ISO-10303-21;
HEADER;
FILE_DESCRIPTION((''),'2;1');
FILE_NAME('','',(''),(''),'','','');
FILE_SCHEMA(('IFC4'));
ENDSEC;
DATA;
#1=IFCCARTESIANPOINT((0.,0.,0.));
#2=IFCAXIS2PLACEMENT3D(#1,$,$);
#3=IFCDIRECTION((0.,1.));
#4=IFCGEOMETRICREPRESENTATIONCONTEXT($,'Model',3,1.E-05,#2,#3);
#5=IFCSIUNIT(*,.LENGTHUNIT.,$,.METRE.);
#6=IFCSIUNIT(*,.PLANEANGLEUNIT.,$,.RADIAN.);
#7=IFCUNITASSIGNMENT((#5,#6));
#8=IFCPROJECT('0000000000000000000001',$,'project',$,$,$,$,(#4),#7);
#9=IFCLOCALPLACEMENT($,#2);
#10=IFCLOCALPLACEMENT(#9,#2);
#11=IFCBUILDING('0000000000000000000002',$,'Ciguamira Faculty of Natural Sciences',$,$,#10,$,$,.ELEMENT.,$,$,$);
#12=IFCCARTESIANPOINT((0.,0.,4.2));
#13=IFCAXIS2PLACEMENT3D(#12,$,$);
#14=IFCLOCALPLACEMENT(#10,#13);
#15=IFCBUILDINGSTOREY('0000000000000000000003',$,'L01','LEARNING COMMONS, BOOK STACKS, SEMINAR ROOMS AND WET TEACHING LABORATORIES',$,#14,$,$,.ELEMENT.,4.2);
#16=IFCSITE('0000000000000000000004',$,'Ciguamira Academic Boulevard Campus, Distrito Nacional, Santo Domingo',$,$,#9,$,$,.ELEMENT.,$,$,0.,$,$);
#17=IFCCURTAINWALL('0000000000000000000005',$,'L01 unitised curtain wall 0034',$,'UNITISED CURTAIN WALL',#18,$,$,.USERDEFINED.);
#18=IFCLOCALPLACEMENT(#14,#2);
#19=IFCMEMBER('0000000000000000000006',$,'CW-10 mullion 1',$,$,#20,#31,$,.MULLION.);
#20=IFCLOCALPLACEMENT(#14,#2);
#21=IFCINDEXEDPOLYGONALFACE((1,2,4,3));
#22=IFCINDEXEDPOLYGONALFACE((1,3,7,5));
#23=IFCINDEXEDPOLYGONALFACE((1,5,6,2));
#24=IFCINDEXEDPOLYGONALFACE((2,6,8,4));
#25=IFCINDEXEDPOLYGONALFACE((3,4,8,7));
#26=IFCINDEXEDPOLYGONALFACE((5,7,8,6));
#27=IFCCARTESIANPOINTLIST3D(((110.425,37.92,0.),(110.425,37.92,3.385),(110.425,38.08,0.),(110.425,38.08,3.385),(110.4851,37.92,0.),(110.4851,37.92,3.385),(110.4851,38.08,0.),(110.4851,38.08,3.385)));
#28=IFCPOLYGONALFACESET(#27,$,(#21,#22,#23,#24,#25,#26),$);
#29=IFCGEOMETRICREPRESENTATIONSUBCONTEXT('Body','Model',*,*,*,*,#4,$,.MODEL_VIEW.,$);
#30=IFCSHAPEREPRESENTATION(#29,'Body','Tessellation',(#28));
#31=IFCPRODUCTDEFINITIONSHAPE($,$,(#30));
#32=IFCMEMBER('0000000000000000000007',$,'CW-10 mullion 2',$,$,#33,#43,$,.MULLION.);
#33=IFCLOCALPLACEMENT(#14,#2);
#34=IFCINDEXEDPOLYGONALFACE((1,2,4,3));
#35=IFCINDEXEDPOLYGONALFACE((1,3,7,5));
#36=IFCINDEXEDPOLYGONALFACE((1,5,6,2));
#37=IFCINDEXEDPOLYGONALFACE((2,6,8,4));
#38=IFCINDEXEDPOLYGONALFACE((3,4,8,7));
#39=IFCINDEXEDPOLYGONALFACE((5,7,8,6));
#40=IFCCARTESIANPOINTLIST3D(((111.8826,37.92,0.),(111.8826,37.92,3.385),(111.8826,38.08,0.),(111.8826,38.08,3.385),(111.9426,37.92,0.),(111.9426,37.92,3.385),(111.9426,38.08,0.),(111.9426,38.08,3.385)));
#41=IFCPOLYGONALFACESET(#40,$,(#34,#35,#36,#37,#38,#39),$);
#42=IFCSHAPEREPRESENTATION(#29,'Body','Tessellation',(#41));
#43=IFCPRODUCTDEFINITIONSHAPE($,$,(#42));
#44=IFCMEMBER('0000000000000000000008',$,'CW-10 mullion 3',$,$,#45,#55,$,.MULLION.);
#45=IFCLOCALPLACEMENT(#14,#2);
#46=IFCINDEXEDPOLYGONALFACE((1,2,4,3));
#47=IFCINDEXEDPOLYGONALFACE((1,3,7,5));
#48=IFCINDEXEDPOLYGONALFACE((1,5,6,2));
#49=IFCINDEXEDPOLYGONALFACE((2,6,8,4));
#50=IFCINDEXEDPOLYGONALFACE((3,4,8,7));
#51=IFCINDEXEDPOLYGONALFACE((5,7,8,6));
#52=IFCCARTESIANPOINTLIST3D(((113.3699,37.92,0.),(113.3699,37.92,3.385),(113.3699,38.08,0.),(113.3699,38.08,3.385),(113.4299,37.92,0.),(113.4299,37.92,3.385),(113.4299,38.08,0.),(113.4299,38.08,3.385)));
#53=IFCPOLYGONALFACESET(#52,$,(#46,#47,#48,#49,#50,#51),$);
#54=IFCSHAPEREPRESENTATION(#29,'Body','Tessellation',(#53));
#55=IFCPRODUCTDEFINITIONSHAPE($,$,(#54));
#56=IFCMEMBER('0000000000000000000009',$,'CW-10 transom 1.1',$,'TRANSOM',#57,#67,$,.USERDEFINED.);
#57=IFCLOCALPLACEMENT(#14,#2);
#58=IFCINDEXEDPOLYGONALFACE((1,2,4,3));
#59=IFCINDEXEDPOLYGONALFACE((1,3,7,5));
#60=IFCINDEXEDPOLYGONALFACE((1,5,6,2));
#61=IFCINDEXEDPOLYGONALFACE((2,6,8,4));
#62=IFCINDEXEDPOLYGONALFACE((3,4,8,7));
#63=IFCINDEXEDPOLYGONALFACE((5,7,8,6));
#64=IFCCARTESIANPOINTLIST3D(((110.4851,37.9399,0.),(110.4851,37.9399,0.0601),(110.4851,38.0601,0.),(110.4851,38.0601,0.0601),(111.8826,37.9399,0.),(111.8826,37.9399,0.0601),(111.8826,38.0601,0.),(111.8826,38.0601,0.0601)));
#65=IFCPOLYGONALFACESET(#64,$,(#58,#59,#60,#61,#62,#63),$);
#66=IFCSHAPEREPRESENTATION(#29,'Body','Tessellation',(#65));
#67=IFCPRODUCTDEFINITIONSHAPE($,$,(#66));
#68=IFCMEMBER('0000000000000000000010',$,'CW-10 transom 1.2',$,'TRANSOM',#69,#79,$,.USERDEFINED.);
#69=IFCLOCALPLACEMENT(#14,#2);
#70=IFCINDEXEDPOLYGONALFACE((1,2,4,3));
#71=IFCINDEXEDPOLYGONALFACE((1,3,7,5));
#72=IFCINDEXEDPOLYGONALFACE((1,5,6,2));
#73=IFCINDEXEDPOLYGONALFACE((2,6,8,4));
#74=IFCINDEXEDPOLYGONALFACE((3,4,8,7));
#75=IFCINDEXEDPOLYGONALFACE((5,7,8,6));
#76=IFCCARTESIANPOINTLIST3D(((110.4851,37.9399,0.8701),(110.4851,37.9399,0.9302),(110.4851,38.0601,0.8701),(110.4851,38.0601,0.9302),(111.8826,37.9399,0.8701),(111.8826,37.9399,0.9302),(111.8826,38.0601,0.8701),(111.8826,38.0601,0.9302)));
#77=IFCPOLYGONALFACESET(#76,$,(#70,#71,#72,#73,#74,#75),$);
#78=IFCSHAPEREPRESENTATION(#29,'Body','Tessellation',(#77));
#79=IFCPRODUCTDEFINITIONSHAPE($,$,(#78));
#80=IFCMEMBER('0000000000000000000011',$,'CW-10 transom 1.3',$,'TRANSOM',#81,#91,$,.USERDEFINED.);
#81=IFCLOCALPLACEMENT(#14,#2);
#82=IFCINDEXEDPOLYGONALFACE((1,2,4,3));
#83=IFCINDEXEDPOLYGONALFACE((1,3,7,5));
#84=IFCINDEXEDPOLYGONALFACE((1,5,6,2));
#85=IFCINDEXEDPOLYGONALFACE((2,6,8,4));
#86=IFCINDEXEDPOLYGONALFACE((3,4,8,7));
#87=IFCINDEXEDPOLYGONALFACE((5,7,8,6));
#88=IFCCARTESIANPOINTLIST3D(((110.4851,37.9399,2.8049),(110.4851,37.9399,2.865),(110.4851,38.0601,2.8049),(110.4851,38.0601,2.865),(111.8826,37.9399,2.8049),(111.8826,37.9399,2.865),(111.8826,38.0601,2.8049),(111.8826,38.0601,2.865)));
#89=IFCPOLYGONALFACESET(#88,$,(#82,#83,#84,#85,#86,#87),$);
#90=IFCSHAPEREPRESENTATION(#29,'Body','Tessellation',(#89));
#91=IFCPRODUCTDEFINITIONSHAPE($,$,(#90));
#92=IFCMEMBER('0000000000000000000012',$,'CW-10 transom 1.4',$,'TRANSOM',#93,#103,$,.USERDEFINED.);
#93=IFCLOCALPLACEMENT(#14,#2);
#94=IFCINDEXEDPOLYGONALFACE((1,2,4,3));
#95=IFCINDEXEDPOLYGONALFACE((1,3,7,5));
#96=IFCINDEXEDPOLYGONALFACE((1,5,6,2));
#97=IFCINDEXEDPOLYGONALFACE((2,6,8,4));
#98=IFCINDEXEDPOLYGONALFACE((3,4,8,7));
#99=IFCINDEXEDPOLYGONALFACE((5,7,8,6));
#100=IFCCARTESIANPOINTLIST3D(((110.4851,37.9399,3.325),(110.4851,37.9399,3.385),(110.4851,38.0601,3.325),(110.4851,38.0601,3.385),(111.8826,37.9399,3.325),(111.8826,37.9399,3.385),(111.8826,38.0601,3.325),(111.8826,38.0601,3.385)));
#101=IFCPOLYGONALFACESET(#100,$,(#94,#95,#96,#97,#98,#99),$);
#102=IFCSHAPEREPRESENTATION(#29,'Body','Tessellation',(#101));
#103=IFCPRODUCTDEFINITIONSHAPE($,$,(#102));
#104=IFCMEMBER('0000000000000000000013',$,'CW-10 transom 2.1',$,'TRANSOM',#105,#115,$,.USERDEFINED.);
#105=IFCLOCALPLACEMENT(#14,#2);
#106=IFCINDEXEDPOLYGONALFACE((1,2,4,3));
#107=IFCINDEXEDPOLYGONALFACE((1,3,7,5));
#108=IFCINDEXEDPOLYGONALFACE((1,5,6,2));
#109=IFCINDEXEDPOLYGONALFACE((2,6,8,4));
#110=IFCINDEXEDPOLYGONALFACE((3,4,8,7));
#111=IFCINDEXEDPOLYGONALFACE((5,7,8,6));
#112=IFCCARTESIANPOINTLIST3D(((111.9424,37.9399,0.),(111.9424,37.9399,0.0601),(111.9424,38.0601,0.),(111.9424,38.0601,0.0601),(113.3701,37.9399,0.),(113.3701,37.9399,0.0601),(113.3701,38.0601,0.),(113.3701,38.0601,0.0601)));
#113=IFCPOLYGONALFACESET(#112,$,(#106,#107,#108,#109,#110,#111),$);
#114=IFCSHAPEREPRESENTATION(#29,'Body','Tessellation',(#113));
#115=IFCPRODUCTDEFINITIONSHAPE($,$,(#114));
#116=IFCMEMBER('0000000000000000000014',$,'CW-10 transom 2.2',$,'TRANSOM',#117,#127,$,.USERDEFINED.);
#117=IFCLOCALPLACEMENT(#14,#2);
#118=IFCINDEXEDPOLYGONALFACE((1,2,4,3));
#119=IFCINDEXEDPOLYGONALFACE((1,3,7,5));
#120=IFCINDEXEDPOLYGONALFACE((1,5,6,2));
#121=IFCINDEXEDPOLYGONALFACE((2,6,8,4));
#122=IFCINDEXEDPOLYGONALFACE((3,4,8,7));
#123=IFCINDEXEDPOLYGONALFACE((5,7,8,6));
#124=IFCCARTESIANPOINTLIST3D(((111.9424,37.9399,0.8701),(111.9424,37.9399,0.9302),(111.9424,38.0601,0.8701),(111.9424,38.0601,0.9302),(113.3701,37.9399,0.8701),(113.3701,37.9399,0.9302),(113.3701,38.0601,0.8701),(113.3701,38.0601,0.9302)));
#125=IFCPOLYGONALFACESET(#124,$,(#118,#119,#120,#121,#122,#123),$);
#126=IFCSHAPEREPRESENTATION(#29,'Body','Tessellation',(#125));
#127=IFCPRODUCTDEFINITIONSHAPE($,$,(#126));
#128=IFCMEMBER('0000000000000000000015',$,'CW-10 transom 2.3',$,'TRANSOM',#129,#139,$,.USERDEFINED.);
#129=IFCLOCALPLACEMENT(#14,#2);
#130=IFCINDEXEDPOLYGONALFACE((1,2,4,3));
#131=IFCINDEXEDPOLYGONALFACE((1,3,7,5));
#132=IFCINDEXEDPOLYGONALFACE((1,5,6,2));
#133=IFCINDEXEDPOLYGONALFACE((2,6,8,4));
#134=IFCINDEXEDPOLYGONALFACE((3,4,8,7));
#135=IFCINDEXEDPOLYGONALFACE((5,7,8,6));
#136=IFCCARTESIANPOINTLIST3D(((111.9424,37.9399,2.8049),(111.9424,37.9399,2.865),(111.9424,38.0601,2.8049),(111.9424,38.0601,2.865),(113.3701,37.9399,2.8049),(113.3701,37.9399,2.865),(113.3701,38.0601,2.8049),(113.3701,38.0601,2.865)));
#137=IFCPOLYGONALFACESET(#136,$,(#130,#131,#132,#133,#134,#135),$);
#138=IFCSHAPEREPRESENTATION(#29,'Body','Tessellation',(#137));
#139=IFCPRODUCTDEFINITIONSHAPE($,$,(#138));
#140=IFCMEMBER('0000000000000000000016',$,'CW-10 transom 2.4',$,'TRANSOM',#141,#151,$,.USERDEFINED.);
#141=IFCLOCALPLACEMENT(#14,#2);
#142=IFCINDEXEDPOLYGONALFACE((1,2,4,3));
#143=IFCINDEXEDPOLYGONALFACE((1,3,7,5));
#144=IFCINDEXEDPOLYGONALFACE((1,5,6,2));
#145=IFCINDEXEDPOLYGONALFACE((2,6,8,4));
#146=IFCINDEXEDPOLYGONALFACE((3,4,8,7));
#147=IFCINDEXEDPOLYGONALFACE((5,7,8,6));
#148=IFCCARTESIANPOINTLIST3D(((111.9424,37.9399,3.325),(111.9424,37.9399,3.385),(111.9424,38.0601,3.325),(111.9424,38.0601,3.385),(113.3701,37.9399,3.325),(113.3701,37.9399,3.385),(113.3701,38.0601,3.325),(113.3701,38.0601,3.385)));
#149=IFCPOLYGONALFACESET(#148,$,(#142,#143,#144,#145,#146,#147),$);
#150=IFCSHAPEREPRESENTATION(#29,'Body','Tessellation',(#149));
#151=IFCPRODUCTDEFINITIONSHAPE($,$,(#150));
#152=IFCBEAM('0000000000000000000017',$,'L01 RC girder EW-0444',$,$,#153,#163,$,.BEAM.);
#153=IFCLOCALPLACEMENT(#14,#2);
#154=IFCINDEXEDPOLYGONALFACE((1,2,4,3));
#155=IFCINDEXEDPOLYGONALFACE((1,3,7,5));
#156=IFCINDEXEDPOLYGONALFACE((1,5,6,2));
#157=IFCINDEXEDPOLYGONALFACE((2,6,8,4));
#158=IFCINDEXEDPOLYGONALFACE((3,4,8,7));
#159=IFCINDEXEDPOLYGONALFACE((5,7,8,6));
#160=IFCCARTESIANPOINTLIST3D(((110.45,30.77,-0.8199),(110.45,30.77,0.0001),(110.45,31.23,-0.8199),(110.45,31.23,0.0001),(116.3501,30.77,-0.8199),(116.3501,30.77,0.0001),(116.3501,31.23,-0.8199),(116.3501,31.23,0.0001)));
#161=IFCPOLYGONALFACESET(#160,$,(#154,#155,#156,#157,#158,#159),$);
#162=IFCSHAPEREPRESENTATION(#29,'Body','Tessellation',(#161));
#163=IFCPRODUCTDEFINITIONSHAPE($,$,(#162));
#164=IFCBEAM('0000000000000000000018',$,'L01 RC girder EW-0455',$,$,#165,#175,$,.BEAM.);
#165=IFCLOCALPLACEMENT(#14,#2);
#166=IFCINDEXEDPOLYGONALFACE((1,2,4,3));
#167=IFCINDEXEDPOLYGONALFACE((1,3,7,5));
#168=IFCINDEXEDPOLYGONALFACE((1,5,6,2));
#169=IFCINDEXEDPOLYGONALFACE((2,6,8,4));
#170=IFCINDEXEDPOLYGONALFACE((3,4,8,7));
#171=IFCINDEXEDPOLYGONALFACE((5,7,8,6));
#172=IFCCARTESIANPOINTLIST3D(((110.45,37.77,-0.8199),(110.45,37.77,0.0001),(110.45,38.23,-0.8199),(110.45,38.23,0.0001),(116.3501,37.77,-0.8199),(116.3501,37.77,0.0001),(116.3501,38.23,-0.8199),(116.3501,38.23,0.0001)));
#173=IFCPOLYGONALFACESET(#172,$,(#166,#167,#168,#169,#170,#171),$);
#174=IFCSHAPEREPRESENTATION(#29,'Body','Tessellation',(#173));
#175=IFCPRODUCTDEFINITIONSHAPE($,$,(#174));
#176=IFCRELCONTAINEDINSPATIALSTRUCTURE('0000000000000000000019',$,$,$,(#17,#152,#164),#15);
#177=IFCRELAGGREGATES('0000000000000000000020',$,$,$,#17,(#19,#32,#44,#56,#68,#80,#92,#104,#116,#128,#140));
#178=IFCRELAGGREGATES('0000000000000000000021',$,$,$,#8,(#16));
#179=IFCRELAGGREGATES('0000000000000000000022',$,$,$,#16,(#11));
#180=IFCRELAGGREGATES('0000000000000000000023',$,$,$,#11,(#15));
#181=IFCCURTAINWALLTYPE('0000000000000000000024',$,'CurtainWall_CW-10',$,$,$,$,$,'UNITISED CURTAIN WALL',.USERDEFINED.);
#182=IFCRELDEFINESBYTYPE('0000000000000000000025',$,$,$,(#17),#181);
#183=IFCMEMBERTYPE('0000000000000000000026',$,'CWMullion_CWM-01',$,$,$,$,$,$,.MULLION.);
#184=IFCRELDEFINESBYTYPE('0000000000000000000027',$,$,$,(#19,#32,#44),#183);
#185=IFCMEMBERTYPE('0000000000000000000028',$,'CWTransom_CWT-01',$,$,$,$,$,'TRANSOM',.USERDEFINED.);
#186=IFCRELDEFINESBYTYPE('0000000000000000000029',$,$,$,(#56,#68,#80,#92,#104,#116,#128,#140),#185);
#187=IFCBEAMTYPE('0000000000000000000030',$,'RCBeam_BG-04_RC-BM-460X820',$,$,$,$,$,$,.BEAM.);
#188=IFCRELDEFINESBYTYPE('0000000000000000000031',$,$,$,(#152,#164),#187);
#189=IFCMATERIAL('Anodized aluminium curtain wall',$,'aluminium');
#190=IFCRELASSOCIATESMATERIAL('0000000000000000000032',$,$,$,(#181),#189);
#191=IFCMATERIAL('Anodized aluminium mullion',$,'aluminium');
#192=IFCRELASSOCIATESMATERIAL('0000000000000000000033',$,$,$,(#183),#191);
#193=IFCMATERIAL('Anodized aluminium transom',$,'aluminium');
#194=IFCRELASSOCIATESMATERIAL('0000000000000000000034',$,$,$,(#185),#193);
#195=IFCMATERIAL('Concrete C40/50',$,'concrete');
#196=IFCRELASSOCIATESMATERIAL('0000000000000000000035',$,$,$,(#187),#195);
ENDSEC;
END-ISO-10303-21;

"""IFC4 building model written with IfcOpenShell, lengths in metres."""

from ifc_helpers import new_model, si_unit, direction, frame, origin, origin_2d, place, context, subcontext, project, spatial, rectangle, extrude, material, material_profile, profile_set, type_object, element, aggregate, save


model = new_model("IFC4")

# Units and contexts
model_context = context("Model", 3, precision=1e-05, world=origin(), true_north=direction((0.0, 1.0)))
body_context = subcontext(model_context, "Body", "Model", "MODEL_VIEW")
ifc_project = project(units=[si_unit("LENGTHUNIT", "METRE"), si_unit("PLANEANGLEUNIT", "RADIAN")], contexts=[model_context])

# Site, building, storey
site_placement = place(None, origin())
site = spatial("IfcSite", under=ifc_project, at=site_placement, Name="Ciguamira Academic Boulevard Campus, Distrito Nacional, Santo Domingo", CompositionType="ELEMENT", RefElevation=0.0)
building_placement = place(site_placement, origin())
building = spatial("IfcBuilding", under=site, at=building_placement, Name="Ciguamira Faculty of Natural Sciences", CompositionType="ELEMENT")
storey_placement = place(building_placement, frame((0.0, 0.0, 4.2)))
storey = spatial("IfcBuildingStorey", under=building, at=storey_placement, Name="L01", Description="LEARNING COMMONS, BOOK STACKS, SEMINAR ROOMS AND WET TEACHING LABORATORIES", CompositionType="ELEMENT", Elevation=4.2)

# Curtain wall, members
ifc_material_1 = material(Name="Anodized aluminium curtain wall", Category="aluminium")
curtain_wall_type = type_object("IfcCurtainWallType", Name="CurtainWall_CW-10", ElementType="UNITISED CURTAIN WALL", PredefinedType="USERDEFINED", material=ifc_material_1)
curtain_wall_placement = place(storey_placement, origin())
curtain_wall = element("IfcCurtainWall", 1, at=curtain_wall_placement, inside=storey, type_object=curtain_wall_type, Name="L01 unitised curtain wall 0034", ObjectType="UNITISED CURTAIN WALL", PredefinedType="USERDEFINED")
ifc_material_2 = material(Name="Anodized aluminium mullion", Category="aluminium")
ifc_material_profile_1 = material_profile(ifc_material_2, rectangle(XDim=0.0601, YDim=0.1599, at=origin_2d()), Name="ALU-MUL-60X160")
ifc_profile_set_1 = profile_set([ifc_material_profile_1], Name="Anodized aluminium mullion")
member_type_1 = type_object("IfcMemberType", Name="CWMullion_CWM-01", PredefinedType="MULLION", material=ifc_profile_set_1)
member_1_placement = place(storey_placement, frame((110.4551, 38.0, 0.0), z_axis=(0.0, 0.0, 1.0), x_axis=(1.0, 0.0, 0.0)))
member_1 = element("IfcMember", 2, at=member_1_placement, type_object=member_type_1, Name="CW-10 mullion 1", PredefinedType="MULLION", context=body_context, shape_type="SweptSolid", body=[
    extrude(rectangle(XDim=0.0601, YDim=0.1599, at=origin_2d()), origin(), (0.0, 0.0, 1.0), 3.385),
])
member_2_placement = place(storey_placement, frame((111.9126, 38.0, 0.0), z_axis=(0.0, 0.0, 1.0), x_axis=(1.0, 0.0, 0.0)))
member_2 = element("IfcMember", 3, at=member_2_placement, type_object=member_type_1, Name="CW-10 mullion 2", PredefinedType="MULLION", context=body_context, shape_type="SweptSolid", body=[
    extrude(rectangle(XDim=0.0601, YDim=0.1599, at=origin_2d()), origin(), (0.0, 0.0, 1.0), 3.385),
])
member_3_placement = place(storey_placement, frame((113.3999, 38.0, 0.0), z_axis=(0.0, 0.0, 1.0), x_axis=(1.0, 0.0, 0.0)))
member_3 = element("IfcMember", 4, at=member_3_placement, type_object=member_type_1, Name="CW-10 mullion 3", PredefinedType="MULLION", context=body_context, shape_type="SweptSolid", body=[
    extrude(rectangle(XDim=0.0601, YDim=0.1599, at=origin_2d()), origin(), (0.0, 0.0, 1.0), 3.385),
])
ifc_material_3 = material(Name="Anodized aluminium transom", Category="aluminium")
ifc_material_profile_2 = material_profile(ifc_material_3, rectangle(XDim=0.0601, YDim=0.1201, at=origin_2d()), Name="ALU-TRN-60X120")
ifc_profile_set_2 = profile_set([ifc_material_profile_2], Name="Anodized aluminium transom")
member_type_2 = type_object("IfcMemberType", Name="CWTransom_CWT-01", ElementType="TRANSOM", PredefinedType="USERDEFINED", material=ifc_profile_set_2)
member_4_placement = place(storey_placement, frame((110.4851, 38.0, 0.03), z_axis=(1.0, 0.0, 0.0), x_axis=(0.0, 0.0, 1.0)))
member_4 = element("IfcMember", 5, at=member_4_placement, type_object=member_type_2, Name="CW-10 transom 1.1", ObjectType="TRANSOM", PredefinedType="USERDEFINED", context=body_context, shape_type="SweptSolid", body=[
    extrude(rectangle(XDim=0.0601, YDim=0.1201, at=origin_2d()), origin(), (0.0, 0.0, 1.0), 1.3975),
])
member_5_placement = place(storey_placement, frame((110.4851, 38.0, 0.9001), z_axis=(1.0, 0.0, 0.0), x_axis=(0.0, 0.0, 1.0)))
member_5 = element("IfcMember", 6, at=member_5_placement, type_object=member_type_2, Name="CW-10 transom 1.2", ObjectType="TRANSOM", PredefinedType="USERDEFINED", context=body_context, shape_type="SweptSolid", body=[
    extrude(rectangle(XDim=0.0601, YDim=0.1201, at=origin_2d()), origin(), (0.0, 0.0, 1.0), 1.3975),
])
member_6_placement = place(storey_placement, frame((110.4851, 38.0, 2.835), z_axis=(1.0, 0.0, 0.0), x_axis=(0.0, 0.0, 1.0)))
member_6 = element("IfcMember", 7, at=member_6_placement, type_object=member_type_2, Name="CW-10 transom 1.3", ObjectType="TRANSOM", PredefinedType="USERDEFINED", context=body_context, shape_type="SweptSolid", body=[
    extrude(rectangle(XDim=0.0601, YDim=0.1201, at=origin_2d()), origin(), (0.0, 0.0, 1.0), 1.3975),
])
member_7_placement = place(storey_placement, frame((110.4851, 38.0, 3.355), z_axis=(1.0, 0.0, 0.0), x_axis=(0.0, 0.0, 1.0)))
member_7 = element("IfcMember", 8, at=member_7_placement, type_object=member_type_2, Name="CW-10 transom 1.4", ObjectType="TRANSOM", PredefinedType="USERDEFINED", context=body_context, shape_type="SweptSolid", body=[
    extrude(rectangle(XDim=0.0601, YDim=0.1201, at=origin_2d()), origin(), (0.0, 0.0, 1.0), 1.3975),
])
member_8_placement = place(storey_placement, frame((111.9424, 38.0, 0.03), z_axis=(1.0, 0.0, 0.0), x_axis=(0.0, 0.0, 1.0)))
member_8 = element("IfcMember", 9, at=member_8_placement, type_object=member_type_2, Name="CW-10 transom 2.1", ObjectType="TRANSOM", PredefinedType="USERDEFINED", context=body_context, shape_type="SweptSolid", body=[
    extrude(rectangle(XDim=0.0601, YDim=0.1201, at=origin_2d()), origin(), (0.0, 0.0, 1.0), 1.4277),
])
member_9_placement = place(storey_placement, frame((111.9424, 38.0, 0.9001), z_axis=(1.0, 0.0, 0.0), x_axis=(0.0, 0.0, 1.0)))
member_9 = element("IfcMember", 10, at=member_9_placement, type_object=member_type_2, Name="CW-10 transom 2.2", ObjectType="TRANSOM", PredefinedType="USERDEFINED", context=body_context, shape_type="SweptSolid", body=[
    extrude(rectangle(XDim=0.0601, YDim=0.1201, at=origin_2d()), origin(), (0.0, 0.0, 1.0), 1.4277),
])
member_10_placement = place(storey_placement, frame((111.9424, 38.0, 2.835), z_axis=(1.0, 0.0, 0.0), x_axis=(0.0, 0.0, 1.0)))
member_10 = element("IfcMember", 11, at=member_10_placement, type_object=member_type_2, Name="CW-10 transom 2.3", ObjectType="TRANSOM", PredefinedType="USERDEFINED", context=body_context, shape_type="SweptSolid", body=[
    extrude(rectangle(XDim=0.0601, YDim=0.1201, at=origin_2d()), origin(), (0.0, 0.0, 1.0), 1.4277),
])
member_11_placement = place(storey_placement, frame((111.9424, 38.0, 3.355), z_axis=(1.0, 0.0, 0.0), x_axis=(0.0, 0.0, 1.0)))
member_11 = element("IfcMember", 12, at=member_11_placement, type_object=member_type_2, Name="CW-10 transom 2.4", ObjectType="TRANSOM", PredefinedType="USERDEFINED", context=body_context, shape_type="SweptSolid", body=[
    extrude(rectangle(XDim=0.0601, YDim=0.1201, at=origin_2d()), origin(), (0.0, 0.0, 1.0), 1.4277),
])

# Beams
ifc_material_4 = material(Name="Concrete C40/50", Category="concrete")
ifc_material_profile_3 = material_profile(ifc_material_4, rectangle(XDim=0.46, YDim=0.8201, at=origin_2d()), Name="RC-BM-460X820")
ifc_profile_set_3 = profile_set([ifc_material_profile_3], Name="Concrete C40/50")
beam_type_1 = type_object("IfcBeamType", Name="RCBeam_BG-04_RC-BM-460X820", PredefinedType="BEAM", material=ifc_profile_set_3)
for number, where, z_axis, x_axis, name in (
    (13, (110.45, 31.0, -0.4099), (1.0, 0.0, 0.0), (0.0, 1.0, 0.0), "L01 RC girder EW-0444"),
    (14, (110.45, 38.0, -0.4099), (1.0, 0.0, 0.0), (0.0, 1.0, 0.0), "L01 RC girder EW-0455"),
):
    element("IfcBeam", number, at=place(storey_placement, frame(where, z_axis=z_axis, x_axis=x_axis)), inside=storey, type_object=beam_type_1, Name=name, PredefinedType="BEAM", context=body_context, shape_type="SweptSolid", body=[
        extrude(rectangle(XDim=0.46, YDim=0.8201, at=origin_2d()), origin(), (0.0, 0.0, 1.0), 5.9001),
    ])

aggregate(curtain_wall, [member_1, member_2, member_3, member_4, member_5, member_6, member_7, member_8, member_9, member_10, member_11])

save(model, "model.ifc")
